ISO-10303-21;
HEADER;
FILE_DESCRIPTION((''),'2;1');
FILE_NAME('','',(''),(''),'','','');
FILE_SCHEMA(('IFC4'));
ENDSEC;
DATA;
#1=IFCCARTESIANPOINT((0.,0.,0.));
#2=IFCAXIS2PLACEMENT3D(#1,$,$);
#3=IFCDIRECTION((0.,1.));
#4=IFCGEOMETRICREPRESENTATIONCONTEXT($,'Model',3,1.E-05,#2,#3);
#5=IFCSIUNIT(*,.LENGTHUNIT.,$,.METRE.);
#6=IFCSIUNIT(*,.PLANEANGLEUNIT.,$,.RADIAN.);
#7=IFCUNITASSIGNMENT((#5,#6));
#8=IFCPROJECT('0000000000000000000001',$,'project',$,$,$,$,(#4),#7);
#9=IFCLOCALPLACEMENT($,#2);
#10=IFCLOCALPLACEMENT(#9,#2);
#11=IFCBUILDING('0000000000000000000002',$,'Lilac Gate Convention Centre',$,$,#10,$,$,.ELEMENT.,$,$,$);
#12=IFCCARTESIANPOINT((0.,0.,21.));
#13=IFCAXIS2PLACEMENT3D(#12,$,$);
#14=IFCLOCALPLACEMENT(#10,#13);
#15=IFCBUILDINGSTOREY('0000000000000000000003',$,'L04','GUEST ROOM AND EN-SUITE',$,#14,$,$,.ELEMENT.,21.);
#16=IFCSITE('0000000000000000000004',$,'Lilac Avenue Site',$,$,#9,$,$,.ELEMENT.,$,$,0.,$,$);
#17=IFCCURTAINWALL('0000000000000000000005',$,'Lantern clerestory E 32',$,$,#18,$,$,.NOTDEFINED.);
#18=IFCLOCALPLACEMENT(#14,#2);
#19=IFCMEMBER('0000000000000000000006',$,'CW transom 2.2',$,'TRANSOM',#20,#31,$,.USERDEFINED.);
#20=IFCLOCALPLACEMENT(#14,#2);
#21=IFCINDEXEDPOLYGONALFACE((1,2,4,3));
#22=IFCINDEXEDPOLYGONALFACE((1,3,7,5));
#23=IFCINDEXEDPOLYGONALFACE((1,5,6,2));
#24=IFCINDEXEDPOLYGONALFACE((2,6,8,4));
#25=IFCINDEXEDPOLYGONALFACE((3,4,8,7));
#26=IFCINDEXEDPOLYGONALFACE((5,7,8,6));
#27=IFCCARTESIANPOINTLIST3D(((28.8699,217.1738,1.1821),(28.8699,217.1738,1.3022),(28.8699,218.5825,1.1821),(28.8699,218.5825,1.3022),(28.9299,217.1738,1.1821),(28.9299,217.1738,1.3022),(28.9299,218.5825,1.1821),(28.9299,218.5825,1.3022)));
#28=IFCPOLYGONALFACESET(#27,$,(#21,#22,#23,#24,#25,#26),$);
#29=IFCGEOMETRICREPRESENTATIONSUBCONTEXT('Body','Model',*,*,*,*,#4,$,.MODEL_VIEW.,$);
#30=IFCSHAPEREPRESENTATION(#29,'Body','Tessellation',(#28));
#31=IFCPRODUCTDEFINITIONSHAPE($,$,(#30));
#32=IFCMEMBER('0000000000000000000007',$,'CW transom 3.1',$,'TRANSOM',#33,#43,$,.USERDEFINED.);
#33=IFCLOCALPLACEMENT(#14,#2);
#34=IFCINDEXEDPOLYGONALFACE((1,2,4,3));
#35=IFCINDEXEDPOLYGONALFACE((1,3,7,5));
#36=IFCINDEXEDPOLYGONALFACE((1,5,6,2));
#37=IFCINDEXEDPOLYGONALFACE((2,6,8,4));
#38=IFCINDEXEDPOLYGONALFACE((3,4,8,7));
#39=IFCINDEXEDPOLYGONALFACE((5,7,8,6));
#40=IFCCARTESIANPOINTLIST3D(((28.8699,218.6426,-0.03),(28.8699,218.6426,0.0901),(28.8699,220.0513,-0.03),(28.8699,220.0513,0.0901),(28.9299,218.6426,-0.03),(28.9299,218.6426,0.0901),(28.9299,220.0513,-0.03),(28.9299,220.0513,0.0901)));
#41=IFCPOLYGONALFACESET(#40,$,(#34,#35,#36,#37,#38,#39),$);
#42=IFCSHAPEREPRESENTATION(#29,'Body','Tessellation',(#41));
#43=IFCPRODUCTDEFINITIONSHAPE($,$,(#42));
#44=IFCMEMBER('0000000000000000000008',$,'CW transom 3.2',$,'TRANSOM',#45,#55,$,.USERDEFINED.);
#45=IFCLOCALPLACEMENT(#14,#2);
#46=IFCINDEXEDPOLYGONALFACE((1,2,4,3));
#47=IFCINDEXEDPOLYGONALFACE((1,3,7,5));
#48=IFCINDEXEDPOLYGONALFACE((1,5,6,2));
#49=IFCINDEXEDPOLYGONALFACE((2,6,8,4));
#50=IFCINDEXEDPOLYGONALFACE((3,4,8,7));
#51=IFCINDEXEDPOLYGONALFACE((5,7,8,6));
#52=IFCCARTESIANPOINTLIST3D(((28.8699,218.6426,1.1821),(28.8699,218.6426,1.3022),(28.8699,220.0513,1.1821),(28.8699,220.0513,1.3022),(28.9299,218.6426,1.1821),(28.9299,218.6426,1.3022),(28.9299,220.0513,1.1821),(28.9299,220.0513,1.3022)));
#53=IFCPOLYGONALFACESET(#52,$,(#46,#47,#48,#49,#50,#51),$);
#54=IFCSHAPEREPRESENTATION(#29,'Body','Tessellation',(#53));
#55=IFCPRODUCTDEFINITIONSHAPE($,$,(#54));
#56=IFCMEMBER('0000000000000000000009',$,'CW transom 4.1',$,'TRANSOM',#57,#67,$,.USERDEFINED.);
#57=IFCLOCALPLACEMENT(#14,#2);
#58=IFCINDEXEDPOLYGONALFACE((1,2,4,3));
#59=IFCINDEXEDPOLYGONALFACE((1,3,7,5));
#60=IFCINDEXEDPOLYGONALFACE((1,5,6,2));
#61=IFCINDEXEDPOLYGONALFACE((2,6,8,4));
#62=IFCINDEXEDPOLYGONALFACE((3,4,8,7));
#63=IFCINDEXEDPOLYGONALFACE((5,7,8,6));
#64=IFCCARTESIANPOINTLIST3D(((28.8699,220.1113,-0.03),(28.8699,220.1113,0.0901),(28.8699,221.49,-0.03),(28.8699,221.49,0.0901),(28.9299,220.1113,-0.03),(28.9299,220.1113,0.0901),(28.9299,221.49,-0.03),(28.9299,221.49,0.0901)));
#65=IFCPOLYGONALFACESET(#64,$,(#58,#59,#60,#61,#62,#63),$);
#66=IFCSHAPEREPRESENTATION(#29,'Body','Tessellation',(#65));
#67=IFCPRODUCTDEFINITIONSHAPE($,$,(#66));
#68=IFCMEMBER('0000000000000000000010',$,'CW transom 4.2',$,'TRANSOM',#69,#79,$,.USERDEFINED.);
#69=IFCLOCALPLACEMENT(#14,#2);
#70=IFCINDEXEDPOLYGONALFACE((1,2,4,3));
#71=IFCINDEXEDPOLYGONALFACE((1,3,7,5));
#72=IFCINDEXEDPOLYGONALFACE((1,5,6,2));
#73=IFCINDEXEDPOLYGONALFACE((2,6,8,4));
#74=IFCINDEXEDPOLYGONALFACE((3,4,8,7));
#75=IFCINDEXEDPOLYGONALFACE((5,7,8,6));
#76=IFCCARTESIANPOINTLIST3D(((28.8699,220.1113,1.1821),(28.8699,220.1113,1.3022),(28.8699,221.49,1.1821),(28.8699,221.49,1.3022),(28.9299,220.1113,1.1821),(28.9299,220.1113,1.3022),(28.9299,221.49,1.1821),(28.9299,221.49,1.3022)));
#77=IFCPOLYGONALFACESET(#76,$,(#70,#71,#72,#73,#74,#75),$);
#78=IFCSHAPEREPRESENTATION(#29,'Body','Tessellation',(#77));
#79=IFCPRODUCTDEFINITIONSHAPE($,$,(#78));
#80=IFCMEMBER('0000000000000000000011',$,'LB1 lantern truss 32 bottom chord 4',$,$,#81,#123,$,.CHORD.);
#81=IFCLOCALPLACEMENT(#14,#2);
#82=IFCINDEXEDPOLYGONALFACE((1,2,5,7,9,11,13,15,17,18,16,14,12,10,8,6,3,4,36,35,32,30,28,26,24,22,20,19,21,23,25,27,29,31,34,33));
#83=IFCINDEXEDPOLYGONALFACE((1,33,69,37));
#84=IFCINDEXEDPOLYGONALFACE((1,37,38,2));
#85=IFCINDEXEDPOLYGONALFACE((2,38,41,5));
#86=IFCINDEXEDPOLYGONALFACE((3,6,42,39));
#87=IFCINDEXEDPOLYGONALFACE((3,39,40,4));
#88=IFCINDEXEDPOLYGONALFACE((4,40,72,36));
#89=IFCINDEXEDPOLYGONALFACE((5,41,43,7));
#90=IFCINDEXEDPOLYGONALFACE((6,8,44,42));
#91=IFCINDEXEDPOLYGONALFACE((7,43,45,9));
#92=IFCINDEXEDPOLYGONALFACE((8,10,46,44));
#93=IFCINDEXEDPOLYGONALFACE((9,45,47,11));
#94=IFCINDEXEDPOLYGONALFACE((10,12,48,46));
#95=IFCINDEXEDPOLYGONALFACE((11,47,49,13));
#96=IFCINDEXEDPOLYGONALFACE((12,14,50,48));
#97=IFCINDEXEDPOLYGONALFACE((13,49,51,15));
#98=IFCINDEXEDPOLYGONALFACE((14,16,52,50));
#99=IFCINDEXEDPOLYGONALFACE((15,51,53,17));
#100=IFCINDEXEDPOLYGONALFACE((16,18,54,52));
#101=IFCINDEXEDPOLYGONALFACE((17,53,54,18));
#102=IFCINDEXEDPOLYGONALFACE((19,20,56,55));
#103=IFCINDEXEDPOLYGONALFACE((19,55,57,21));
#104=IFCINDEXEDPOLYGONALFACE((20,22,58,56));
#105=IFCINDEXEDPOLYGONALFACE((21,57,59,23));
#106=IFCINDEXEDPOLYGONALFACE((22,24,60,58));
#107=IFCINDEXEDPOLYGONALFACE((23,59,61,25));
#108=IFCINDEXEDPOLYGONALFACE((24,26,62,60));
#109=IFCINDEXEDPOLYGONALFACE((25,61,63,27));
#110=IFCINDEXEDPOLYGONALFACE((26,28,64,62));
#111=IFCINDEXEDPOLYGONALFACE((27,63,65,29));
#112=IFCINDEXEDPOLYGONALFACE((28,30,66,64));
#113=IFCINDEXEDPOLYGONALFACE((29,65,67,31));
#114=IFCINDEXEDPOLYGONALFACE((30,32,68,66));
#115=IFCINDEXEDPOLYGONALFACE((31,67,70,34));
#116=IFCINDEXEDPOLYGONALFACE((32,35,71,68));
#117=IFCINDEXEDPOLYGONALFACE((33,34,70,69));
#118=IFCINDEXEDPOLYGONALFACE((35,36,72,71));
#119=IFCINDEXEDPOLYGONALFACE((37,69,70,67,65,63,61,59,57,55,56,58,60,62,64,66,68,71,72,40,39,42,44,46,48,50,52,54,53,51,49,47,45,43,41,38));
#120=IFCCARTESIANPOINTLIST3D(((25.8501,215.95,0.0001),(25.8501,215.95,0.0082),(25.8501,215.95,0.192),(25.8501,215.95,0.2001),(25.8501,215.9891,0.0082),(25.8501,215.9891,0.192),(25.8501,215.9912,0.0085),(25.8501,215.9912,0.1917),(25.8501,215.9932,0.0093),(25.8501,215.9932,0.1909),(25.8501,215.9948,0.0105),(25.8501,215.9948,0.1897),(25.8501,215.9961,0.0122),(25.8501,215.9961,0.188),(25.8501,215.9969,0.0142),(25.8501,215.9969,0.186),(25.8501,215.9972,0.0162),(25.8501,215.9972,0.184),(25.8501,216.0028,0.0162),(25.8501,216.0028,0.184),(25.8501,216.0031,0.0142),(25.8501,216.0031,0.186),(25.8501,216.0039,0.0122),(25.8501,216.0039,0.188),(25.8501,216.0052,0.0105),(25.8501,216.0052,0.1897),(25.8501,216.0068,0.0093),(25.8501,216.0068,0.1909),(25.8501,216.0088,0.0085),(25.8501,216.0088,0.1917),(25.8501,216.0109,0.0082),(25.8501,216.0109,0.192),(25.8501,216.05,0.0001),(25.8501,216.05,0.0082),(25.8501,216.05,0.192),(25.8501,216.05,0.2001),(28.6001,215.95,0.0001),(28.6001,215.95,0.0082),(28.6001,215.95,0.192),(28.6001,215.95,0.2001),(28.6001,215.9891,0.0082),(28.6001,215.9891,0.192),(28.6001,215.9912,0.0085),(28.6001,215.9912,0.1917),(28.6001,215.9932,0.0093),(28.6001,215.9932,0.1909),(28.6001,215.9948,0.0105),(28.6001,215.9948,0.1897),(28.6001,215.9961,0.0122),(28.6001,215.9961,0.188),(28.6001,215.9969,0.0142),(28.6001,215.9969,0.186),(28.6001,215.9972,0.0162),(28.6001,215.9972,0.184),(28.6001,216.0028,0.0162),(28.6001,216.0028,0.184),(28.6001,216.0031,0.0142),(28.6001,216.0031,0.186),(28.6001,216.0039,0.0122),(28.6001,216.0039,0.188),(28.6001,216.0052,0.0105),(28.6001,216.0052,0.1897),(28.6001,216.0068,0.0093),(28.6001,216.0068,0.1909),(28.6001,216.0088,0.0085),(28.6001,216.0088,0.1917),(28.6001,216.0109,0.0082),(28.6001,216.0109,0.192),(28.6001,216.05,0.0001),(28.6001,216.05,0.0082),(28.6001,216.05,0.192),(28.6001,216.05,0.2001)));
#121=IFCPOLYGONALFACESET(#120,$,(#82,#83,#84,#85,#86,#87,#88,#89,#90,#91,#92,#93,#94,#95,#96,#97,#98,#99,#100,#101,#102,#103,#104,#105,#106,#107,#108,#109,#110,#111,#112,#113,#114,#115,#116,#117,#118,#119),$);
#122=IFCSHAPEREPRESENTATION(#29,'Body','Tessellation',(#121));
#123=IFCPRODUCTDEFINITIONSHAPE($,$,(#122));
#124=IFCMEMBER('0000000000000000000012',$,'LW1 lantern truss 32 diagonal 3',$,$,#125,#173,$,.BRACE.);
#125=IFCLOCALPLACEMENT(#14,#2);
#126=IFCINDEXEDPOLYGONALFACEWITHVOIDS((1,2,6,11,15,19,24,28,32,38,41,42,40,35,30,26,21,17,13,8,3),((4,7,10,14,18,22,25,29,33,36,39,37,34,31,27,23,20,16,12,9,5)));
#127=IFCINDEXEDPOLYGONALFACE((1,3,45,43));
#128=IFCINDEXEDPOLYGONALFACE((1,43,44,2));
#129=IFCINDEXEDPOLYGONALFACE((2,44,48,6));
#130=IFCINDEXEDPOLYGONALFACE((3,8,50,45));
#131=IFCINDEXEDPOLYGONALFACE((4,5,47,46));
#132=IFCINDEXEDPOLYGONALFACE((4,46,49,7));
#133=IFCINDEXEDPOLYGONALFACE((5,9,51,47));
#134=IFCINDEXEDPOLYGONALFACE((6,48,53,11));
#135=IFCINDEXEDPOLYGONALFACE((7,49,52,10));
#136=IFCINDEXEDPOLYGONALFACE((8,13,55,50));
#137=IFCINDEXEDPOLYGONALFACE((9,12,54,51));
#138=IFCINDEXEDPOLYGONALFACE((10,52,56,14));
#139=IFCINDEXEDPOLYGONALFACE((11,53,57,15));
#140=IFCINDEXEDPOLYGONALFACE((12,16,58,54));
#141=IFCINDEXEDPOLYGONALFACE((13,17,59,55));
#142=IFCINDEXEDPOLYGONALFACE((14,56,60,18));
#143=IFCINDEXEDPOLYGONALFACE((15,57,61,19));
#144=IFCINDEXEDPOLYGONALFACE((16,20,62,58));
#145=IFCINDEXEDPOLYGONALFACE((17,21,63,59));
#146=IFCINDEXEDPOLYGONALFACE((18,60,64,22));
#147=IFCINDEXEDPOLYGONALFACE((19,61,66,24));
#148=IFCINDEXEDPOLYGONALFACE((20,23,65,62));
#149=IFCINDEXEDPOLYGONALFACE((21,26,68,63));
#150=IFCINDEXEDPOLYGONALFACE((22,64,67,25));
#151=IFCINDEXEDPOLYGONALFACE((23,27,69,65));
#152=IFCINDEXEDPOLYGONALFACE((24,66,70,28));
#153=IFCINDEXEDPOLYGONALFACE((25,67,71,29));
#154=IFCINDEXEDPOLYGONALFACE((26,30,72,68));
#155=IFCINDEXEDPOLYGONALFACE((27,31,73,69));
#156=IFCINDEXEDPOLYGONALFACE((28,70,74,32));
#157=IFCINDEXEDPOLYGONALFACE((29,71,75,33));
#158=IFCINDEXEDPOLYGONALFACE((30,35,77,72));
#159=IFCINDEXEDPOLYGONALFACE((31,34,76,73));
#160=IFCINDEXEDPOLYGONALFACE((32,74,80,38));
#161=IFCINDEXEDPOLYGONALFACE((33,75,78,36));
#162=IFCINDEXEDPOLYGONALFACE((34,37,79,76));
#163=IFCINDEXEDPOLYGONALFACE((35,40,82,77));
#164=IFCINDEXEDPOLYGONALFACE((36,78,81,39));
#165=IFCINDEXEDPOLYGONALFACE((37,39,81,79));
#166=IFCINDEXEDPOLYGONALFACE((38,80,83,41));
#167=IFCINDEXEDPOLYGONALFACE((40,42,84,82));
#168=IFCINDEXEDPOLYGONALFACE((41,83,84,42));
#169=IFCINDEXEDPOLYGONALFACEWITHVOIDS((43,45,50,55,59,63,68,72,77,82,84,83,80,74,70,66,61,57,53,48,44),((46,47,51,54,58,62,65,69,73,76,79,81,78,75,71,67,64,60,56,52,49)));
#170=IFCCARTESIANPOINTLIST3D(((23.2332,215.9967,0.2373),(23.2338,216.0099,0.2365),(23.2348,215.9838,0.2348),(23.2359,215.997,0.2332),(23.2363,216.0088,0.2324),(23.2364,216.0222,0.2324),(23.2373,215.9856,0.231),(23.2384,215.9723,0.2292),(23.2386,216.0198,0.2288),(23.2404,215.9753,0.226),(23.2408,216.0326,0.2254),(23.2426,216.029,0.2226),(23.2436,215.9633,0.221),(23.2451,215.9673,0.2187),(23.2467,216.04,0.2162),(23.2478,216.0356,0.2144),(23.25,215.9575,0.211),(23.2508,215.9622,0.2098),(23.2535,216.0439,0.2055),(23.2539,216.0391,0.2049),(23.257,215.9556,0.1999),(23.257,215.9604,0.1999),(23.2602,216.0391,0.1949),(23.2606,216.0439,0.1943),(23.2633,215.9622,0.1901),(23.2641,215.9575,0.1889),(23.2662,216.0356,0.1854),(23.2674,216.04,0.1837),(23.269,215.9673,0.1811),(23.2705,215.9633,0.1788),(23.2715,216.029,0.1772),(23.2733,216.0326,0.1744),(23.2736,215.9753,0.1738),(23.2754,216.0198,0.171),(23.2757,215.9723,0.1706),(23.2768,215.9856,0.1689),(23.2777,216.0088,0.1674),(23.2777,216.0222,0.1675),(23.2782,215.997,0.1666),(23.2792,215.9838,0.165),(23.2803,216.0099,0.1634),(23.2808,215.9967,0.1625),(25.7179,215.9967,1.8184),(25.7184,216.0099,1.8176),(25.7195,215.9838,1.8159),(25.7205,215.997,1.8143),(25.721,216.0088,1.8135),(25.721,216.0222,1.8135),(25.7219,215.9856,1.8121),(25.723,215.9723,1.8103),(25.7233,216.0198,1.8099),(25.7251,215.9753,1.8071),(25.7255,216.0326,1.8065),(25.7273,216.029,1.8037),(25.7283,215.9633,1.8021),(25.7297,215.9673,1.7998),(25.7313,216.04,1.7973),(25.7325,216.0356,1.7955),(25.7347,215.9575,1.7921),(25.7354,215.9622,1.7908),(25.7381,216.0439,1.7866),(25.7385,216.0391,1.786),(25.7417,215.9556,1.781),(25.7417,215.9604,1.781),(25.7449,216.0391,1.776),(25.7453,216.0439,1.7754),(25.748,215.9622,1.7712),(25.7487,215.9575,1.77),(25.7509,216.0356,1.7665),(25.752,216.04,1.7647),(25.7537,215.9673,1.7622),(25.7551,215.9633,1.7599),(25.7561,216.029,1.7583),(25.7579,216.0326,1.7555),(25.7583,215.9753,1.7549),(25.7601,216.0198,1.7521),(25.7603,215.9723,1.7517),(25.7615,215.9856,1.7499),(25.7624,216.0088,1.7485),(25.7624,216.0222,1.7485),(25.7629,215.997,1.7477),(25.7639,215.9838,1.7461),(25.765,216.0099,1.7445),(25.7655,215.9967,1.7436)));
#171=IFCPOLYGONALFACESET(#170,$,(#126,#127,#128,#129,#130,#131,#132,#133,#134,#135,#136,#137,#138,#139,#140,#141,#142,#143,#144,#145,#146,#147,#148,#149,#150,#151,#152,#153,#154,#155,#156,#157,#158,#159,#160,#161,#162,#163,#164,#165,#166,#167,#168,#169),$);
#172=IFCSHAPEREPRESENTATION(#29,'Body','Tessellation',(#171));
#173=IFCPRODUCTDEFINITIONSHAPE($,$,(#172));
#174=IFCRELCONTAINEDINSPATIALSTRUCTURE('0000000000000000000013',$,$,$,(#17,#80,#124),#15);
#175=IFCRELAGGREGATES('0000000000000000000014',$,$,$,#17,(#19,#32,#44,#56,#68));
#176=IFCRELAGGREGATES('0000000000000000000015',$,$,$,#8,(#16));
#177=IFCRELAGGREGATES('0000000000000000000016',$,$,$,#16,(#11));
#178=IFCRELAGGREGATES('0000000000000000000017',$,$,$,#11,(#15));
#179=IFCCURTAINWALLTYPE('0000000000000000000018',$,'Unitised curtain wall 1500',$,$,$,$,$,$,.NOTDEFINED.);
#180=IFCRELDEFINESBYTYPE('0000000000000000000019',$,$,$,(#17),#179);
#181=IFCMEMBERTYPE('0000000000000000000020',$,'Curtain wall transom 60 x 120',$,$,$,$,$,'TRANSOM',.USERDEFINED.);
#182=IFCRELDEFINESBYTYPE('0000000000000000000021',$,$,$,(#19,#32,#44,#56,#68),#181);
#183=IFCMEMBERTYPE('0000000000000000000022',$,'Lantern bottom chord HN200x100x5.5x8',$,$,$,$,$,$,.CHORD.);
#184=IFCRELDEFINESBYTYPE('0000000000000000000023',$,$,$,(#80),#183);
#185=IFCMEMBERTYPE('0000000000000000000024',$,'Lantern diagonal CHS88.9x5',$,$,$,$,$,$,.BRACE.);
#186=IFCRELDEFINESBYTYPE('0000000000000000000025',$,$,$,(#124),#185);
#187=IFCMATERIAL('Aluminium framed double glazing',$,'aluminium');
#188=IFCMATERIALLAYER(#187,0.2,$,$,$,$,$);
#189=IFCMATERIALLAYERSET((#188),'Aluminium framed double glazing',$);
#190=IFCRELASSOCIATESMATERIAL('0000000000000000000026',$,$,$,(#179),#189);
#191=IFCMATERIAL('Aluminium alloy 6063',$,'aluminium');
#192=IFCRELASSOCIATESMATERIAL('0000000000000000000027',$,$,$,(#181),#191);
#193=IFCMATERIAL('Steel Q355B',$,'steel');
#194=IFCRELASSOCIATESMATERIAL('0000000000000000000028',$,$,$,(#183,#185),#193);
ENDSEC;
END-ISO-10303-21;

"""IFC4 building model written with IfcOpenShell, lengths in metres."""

from ifc_helpers import new_model, si_unit, direction, frame, origin, origin_2d, place, context, subcontext, project, spatial, rectangle, hollow_circle, i_section, extrude, material, layer, layer_set, material_profile, profile_set, type_object, element, aggregate, save


model = new_model("IFC4")

# Units and contexts
model_context = context("Model", 3, precision=1e-05, world=origin(), true_north=direction((0.0, 1.0)))
body_context = subcontext(model_context, "Body", "Model", "MODEL_VIEW")
ifc_project = project(units=[si_unit("LENGTHUNIT", "METRE"), si_unit("PLANEANGLEUNIT", "RADIAN")], contexts=[model_context])

# Site, building, storey
site_placement = place(None, origin())
site = spatial("IfcSite", under=ifc_project, at=site_placement, Name="Lilac Avenue Site", CompositionType="ELEMENT", RefElevation=0.0)
building_placement = place(site_placement, origin())
building = spatial("IfcBuilding", under=site, at=building_placement, Name="Lilac Gate Convention Centre", CompositionType="ELEMENT")
storey_placement = place(building_placement, frame((0.0, 0.0, 21.0)))
storey = spatial("IfcBuildingStorey", under=building, at=storey_placement, Name="L04", Description="GUEST ROOM AND EN-SUITE", CompositionType="ELEMENT", Elevation=21.0)

# Curtain wall
ifc_material_1 = material(Name="Aluminium framed double glazing", Category="aluminium")
ifc_layer_1 = layer(ifc_material_1, 0.2)
ifc_layer_set_1 = layer_set([ifc_layer_1], Name="Aluminium framed double glazing")
curtain_wall_type = type_object("IfcCurtainWallType", Name="Unitised curtain wall 1500", PredefinedType="NOTDEFINED", material=ifc_layer_set_1)
ifc_material_2 = material(Name="Aluminium alloy 6063", Category="aluminium")
curtain_wall_1_placement = place(storey_placement, origin())
curtain_wall_1 = element("IfcCurtainWall", 1, at=curtain_wall_1_placement, inside=storey, type_object=curtain_wall_type, Name="Lantern clerestory E 32", PredefinedType="NOTDEFINED")

# Members
ifc_material_profile_1 = material_profile(ifc_material_2, rectangle(XDim=0.0601, YDim=0.1201, at=origin_2d()), Name="Curtain wall transom 60 x 120")
ifc_profile_set_1 = profile_set([ifc_material_profile_1], Name="Aluminium alloy 6063")
member_type_1 = type_object("IfcMemberType", Name="Curtain wall transom 60 x 120", ElementType="TRANSOM", PredefinedType="USERDEFINED", material=ifc_profile_set_1)
member_1_placement = place(storey_placement, frame((28.8999, 217.1738, 1.2422), z_axis=(0.0, 1.0, 0.0), x_axis=(-1.0, 0.0, 0.0)))
member_1 = element("IfcMember", 2, at=member_1_placement, type_object=member_type_1, Name="CW transom 2.2", ObjectType="TRANSOM", PredefinedType="USERDEFINED", context=body_context, shape_type="SweptSolid", body=[
    extrude(rectangle(XDim=0.0601, YDim=0.1201, at=origin_2d()), origin(), (0.0, 0.0, 1.0), 1.4087),
])
member_2_placement = place(storey_placement, frame((28.8999, 218.6426, 0.03), z_axis=(0.0, 1.0, 0.0), x_axis=(-1.0, 0.0, 0.0)))
member_2 = element("IfcMember", 3, at=member_2_placement, type_object=member_type_1, Name="CW transom 3.1", ObjectType="TRANSOM", PredefinedType="USERDEFINED", context=body_context, shape_type="SweptSolid", body=[
    extrude(rectangle(XDim=0.0601, YDim=0.1201, at=origin_2d()), origin(), (0.0, 0.0, 1.0), 1.4087),
])
member_3_placement = place(storey_placement, frame((28.8999, 218.6426, 1.2422), z_axis=(0.0, 1.0, 0.0), x_axis=(-1.0, 0.0, 0.0)))
member_3 = element("IfcMember", 4, at=member_3_placement, type_object=member_type_1, Name="CW transom 3.2", ObjectType="TRANSOM", PredefinedType="USERDEFINED", context=body_context, shape_type="SweptSolid", body=[
    extrude(rectangle(XDim=0.0601, YDim=0.1201, at=origin_2d()), origin(), (0.0, 0.0, 1.0), 1.4087),
])
member_4_placement = place(storey_placement, frame((28.8999, 220.1113, 0.03), z_axis=(0.0, 1.0, 0.0), x_axis=(-1.0, 0.0, 0.0)))
member_4 = element("IfcMember", 5, at=member_4_placement, type_object=member_type_1, Name="CW transom 4.1", ObjectType="TRANSOM", PredefinedType="USERDEFINED", context=body_context, shape_type="SweptSolid", body=[
    extrude(rectangle(XDim=0.0601, YDim=0.1201, at=origin_2d()), origin(), (0.0, 0.0, 1.0), 1.3787),
])
member_5_placement = place(storey_placement, frame((28.8999, 220.1113, 1.2422), z_axis=(0.0, 1.0, 0.0), x_axis=(-1.0, 0.0, 0.0)))
member_5 = element("IfcMember", 6, at=member_5_placement, type_object=member_type_1, Name="CW transom 4.2", ObjectType="TRANSOM", PredefinedType="USERDEFINED", context=body_context, shape_type="SweptSolid", body=[
    extrude(rectangle(XDim=0.0601, YDim=0.1201, at=origin_2d()), origin(), (0.0, 0.0, 1.0), 1.3787),
])

# Members
ifc_material_3 = material(Name="Steel Q355B", Category="steel")
ifc_material_profile_2 = material_profile(ifc_material_3, i_section(OverallWidth=0.1001, OverallDepth=0.2, WebThickness=0.0056, FlangeThickness=0.0081, FilletRadius=0.0081, at=origin_2d()), Name="HN200x100x5.5x8")
ifc_profile_set_2 = profile_set([ifc_material_profile_2], Name="Steel Q355B")
member_type_2 = type_object("IfcMemberType", Name="Lantern bottom chord HN200x100x5.5x8", PredefinedType="CHORD", material=ifc_profile_set_2)
member_6_placement = place(storey_placement, frame((25.8501, 216.0, 0.1001), z_axis=(1.0, 0.0, 0.0), x_axis=(0.0, 1.0, 0.0)))
element("IfcMember", 7, at=member_6_placement, inside=storey, type_object=member_type_2, Name="LB1 lantern truss 32 bottom chord 4", PredefinedType="CHORD", context=body_context, shape_type="SweptSolid", body=[
    extrude(i_section(OverallWidth=0.1001, OverallDepth=0.2, WebThickness=0.0056, FlangeThickness=0.0081, FilletRadius=0.0081, at=origin_2d()), origin(), (0.0, 0.0, 1.0), 2.75),
])
ifc_material_profile_3 = material_profile(ifc_material_3, hollow_circle(Radius=0.0444, WallThickness=0.0049, at=origin_2d()), Name="CHS88.9x5")
ifc_profile_set_3 = profile_set([ifc_material_profile_3], Name="Steel Q355B")
member_type_3 = type_object("IfcMemberType", Name="Lantern diagonal CHS88.9x5", PredefinedType="BRACE", material=ifc_profile_set_3)
member_7_placement = place(storey_placement, frame((25.7417, 216.0, 1.781), z_axis=(-0.843672, 0.0, -0.536859), x_axis=(0.0, -1.0, 0.0)))
element("IfcMember", 8, at=member_7_placement, inside=storey, type_object=member_type_3, Name="LW1 lantern truss 32 diagonal 3", PredefinedType="BRACE", context=body_context, shape_type="SweptSolid", body=[
    extrude(hollow_circle(Radius=0.0444, WallThickness=0.0049, at=origin_2d()), origin(), (0.0, 0.0, 1.0), 2.9451),
])

aggregate(curtain_wall_1, [member_1, member_2, member_3, member_4, member_5])

save(model, "model.ifc")
